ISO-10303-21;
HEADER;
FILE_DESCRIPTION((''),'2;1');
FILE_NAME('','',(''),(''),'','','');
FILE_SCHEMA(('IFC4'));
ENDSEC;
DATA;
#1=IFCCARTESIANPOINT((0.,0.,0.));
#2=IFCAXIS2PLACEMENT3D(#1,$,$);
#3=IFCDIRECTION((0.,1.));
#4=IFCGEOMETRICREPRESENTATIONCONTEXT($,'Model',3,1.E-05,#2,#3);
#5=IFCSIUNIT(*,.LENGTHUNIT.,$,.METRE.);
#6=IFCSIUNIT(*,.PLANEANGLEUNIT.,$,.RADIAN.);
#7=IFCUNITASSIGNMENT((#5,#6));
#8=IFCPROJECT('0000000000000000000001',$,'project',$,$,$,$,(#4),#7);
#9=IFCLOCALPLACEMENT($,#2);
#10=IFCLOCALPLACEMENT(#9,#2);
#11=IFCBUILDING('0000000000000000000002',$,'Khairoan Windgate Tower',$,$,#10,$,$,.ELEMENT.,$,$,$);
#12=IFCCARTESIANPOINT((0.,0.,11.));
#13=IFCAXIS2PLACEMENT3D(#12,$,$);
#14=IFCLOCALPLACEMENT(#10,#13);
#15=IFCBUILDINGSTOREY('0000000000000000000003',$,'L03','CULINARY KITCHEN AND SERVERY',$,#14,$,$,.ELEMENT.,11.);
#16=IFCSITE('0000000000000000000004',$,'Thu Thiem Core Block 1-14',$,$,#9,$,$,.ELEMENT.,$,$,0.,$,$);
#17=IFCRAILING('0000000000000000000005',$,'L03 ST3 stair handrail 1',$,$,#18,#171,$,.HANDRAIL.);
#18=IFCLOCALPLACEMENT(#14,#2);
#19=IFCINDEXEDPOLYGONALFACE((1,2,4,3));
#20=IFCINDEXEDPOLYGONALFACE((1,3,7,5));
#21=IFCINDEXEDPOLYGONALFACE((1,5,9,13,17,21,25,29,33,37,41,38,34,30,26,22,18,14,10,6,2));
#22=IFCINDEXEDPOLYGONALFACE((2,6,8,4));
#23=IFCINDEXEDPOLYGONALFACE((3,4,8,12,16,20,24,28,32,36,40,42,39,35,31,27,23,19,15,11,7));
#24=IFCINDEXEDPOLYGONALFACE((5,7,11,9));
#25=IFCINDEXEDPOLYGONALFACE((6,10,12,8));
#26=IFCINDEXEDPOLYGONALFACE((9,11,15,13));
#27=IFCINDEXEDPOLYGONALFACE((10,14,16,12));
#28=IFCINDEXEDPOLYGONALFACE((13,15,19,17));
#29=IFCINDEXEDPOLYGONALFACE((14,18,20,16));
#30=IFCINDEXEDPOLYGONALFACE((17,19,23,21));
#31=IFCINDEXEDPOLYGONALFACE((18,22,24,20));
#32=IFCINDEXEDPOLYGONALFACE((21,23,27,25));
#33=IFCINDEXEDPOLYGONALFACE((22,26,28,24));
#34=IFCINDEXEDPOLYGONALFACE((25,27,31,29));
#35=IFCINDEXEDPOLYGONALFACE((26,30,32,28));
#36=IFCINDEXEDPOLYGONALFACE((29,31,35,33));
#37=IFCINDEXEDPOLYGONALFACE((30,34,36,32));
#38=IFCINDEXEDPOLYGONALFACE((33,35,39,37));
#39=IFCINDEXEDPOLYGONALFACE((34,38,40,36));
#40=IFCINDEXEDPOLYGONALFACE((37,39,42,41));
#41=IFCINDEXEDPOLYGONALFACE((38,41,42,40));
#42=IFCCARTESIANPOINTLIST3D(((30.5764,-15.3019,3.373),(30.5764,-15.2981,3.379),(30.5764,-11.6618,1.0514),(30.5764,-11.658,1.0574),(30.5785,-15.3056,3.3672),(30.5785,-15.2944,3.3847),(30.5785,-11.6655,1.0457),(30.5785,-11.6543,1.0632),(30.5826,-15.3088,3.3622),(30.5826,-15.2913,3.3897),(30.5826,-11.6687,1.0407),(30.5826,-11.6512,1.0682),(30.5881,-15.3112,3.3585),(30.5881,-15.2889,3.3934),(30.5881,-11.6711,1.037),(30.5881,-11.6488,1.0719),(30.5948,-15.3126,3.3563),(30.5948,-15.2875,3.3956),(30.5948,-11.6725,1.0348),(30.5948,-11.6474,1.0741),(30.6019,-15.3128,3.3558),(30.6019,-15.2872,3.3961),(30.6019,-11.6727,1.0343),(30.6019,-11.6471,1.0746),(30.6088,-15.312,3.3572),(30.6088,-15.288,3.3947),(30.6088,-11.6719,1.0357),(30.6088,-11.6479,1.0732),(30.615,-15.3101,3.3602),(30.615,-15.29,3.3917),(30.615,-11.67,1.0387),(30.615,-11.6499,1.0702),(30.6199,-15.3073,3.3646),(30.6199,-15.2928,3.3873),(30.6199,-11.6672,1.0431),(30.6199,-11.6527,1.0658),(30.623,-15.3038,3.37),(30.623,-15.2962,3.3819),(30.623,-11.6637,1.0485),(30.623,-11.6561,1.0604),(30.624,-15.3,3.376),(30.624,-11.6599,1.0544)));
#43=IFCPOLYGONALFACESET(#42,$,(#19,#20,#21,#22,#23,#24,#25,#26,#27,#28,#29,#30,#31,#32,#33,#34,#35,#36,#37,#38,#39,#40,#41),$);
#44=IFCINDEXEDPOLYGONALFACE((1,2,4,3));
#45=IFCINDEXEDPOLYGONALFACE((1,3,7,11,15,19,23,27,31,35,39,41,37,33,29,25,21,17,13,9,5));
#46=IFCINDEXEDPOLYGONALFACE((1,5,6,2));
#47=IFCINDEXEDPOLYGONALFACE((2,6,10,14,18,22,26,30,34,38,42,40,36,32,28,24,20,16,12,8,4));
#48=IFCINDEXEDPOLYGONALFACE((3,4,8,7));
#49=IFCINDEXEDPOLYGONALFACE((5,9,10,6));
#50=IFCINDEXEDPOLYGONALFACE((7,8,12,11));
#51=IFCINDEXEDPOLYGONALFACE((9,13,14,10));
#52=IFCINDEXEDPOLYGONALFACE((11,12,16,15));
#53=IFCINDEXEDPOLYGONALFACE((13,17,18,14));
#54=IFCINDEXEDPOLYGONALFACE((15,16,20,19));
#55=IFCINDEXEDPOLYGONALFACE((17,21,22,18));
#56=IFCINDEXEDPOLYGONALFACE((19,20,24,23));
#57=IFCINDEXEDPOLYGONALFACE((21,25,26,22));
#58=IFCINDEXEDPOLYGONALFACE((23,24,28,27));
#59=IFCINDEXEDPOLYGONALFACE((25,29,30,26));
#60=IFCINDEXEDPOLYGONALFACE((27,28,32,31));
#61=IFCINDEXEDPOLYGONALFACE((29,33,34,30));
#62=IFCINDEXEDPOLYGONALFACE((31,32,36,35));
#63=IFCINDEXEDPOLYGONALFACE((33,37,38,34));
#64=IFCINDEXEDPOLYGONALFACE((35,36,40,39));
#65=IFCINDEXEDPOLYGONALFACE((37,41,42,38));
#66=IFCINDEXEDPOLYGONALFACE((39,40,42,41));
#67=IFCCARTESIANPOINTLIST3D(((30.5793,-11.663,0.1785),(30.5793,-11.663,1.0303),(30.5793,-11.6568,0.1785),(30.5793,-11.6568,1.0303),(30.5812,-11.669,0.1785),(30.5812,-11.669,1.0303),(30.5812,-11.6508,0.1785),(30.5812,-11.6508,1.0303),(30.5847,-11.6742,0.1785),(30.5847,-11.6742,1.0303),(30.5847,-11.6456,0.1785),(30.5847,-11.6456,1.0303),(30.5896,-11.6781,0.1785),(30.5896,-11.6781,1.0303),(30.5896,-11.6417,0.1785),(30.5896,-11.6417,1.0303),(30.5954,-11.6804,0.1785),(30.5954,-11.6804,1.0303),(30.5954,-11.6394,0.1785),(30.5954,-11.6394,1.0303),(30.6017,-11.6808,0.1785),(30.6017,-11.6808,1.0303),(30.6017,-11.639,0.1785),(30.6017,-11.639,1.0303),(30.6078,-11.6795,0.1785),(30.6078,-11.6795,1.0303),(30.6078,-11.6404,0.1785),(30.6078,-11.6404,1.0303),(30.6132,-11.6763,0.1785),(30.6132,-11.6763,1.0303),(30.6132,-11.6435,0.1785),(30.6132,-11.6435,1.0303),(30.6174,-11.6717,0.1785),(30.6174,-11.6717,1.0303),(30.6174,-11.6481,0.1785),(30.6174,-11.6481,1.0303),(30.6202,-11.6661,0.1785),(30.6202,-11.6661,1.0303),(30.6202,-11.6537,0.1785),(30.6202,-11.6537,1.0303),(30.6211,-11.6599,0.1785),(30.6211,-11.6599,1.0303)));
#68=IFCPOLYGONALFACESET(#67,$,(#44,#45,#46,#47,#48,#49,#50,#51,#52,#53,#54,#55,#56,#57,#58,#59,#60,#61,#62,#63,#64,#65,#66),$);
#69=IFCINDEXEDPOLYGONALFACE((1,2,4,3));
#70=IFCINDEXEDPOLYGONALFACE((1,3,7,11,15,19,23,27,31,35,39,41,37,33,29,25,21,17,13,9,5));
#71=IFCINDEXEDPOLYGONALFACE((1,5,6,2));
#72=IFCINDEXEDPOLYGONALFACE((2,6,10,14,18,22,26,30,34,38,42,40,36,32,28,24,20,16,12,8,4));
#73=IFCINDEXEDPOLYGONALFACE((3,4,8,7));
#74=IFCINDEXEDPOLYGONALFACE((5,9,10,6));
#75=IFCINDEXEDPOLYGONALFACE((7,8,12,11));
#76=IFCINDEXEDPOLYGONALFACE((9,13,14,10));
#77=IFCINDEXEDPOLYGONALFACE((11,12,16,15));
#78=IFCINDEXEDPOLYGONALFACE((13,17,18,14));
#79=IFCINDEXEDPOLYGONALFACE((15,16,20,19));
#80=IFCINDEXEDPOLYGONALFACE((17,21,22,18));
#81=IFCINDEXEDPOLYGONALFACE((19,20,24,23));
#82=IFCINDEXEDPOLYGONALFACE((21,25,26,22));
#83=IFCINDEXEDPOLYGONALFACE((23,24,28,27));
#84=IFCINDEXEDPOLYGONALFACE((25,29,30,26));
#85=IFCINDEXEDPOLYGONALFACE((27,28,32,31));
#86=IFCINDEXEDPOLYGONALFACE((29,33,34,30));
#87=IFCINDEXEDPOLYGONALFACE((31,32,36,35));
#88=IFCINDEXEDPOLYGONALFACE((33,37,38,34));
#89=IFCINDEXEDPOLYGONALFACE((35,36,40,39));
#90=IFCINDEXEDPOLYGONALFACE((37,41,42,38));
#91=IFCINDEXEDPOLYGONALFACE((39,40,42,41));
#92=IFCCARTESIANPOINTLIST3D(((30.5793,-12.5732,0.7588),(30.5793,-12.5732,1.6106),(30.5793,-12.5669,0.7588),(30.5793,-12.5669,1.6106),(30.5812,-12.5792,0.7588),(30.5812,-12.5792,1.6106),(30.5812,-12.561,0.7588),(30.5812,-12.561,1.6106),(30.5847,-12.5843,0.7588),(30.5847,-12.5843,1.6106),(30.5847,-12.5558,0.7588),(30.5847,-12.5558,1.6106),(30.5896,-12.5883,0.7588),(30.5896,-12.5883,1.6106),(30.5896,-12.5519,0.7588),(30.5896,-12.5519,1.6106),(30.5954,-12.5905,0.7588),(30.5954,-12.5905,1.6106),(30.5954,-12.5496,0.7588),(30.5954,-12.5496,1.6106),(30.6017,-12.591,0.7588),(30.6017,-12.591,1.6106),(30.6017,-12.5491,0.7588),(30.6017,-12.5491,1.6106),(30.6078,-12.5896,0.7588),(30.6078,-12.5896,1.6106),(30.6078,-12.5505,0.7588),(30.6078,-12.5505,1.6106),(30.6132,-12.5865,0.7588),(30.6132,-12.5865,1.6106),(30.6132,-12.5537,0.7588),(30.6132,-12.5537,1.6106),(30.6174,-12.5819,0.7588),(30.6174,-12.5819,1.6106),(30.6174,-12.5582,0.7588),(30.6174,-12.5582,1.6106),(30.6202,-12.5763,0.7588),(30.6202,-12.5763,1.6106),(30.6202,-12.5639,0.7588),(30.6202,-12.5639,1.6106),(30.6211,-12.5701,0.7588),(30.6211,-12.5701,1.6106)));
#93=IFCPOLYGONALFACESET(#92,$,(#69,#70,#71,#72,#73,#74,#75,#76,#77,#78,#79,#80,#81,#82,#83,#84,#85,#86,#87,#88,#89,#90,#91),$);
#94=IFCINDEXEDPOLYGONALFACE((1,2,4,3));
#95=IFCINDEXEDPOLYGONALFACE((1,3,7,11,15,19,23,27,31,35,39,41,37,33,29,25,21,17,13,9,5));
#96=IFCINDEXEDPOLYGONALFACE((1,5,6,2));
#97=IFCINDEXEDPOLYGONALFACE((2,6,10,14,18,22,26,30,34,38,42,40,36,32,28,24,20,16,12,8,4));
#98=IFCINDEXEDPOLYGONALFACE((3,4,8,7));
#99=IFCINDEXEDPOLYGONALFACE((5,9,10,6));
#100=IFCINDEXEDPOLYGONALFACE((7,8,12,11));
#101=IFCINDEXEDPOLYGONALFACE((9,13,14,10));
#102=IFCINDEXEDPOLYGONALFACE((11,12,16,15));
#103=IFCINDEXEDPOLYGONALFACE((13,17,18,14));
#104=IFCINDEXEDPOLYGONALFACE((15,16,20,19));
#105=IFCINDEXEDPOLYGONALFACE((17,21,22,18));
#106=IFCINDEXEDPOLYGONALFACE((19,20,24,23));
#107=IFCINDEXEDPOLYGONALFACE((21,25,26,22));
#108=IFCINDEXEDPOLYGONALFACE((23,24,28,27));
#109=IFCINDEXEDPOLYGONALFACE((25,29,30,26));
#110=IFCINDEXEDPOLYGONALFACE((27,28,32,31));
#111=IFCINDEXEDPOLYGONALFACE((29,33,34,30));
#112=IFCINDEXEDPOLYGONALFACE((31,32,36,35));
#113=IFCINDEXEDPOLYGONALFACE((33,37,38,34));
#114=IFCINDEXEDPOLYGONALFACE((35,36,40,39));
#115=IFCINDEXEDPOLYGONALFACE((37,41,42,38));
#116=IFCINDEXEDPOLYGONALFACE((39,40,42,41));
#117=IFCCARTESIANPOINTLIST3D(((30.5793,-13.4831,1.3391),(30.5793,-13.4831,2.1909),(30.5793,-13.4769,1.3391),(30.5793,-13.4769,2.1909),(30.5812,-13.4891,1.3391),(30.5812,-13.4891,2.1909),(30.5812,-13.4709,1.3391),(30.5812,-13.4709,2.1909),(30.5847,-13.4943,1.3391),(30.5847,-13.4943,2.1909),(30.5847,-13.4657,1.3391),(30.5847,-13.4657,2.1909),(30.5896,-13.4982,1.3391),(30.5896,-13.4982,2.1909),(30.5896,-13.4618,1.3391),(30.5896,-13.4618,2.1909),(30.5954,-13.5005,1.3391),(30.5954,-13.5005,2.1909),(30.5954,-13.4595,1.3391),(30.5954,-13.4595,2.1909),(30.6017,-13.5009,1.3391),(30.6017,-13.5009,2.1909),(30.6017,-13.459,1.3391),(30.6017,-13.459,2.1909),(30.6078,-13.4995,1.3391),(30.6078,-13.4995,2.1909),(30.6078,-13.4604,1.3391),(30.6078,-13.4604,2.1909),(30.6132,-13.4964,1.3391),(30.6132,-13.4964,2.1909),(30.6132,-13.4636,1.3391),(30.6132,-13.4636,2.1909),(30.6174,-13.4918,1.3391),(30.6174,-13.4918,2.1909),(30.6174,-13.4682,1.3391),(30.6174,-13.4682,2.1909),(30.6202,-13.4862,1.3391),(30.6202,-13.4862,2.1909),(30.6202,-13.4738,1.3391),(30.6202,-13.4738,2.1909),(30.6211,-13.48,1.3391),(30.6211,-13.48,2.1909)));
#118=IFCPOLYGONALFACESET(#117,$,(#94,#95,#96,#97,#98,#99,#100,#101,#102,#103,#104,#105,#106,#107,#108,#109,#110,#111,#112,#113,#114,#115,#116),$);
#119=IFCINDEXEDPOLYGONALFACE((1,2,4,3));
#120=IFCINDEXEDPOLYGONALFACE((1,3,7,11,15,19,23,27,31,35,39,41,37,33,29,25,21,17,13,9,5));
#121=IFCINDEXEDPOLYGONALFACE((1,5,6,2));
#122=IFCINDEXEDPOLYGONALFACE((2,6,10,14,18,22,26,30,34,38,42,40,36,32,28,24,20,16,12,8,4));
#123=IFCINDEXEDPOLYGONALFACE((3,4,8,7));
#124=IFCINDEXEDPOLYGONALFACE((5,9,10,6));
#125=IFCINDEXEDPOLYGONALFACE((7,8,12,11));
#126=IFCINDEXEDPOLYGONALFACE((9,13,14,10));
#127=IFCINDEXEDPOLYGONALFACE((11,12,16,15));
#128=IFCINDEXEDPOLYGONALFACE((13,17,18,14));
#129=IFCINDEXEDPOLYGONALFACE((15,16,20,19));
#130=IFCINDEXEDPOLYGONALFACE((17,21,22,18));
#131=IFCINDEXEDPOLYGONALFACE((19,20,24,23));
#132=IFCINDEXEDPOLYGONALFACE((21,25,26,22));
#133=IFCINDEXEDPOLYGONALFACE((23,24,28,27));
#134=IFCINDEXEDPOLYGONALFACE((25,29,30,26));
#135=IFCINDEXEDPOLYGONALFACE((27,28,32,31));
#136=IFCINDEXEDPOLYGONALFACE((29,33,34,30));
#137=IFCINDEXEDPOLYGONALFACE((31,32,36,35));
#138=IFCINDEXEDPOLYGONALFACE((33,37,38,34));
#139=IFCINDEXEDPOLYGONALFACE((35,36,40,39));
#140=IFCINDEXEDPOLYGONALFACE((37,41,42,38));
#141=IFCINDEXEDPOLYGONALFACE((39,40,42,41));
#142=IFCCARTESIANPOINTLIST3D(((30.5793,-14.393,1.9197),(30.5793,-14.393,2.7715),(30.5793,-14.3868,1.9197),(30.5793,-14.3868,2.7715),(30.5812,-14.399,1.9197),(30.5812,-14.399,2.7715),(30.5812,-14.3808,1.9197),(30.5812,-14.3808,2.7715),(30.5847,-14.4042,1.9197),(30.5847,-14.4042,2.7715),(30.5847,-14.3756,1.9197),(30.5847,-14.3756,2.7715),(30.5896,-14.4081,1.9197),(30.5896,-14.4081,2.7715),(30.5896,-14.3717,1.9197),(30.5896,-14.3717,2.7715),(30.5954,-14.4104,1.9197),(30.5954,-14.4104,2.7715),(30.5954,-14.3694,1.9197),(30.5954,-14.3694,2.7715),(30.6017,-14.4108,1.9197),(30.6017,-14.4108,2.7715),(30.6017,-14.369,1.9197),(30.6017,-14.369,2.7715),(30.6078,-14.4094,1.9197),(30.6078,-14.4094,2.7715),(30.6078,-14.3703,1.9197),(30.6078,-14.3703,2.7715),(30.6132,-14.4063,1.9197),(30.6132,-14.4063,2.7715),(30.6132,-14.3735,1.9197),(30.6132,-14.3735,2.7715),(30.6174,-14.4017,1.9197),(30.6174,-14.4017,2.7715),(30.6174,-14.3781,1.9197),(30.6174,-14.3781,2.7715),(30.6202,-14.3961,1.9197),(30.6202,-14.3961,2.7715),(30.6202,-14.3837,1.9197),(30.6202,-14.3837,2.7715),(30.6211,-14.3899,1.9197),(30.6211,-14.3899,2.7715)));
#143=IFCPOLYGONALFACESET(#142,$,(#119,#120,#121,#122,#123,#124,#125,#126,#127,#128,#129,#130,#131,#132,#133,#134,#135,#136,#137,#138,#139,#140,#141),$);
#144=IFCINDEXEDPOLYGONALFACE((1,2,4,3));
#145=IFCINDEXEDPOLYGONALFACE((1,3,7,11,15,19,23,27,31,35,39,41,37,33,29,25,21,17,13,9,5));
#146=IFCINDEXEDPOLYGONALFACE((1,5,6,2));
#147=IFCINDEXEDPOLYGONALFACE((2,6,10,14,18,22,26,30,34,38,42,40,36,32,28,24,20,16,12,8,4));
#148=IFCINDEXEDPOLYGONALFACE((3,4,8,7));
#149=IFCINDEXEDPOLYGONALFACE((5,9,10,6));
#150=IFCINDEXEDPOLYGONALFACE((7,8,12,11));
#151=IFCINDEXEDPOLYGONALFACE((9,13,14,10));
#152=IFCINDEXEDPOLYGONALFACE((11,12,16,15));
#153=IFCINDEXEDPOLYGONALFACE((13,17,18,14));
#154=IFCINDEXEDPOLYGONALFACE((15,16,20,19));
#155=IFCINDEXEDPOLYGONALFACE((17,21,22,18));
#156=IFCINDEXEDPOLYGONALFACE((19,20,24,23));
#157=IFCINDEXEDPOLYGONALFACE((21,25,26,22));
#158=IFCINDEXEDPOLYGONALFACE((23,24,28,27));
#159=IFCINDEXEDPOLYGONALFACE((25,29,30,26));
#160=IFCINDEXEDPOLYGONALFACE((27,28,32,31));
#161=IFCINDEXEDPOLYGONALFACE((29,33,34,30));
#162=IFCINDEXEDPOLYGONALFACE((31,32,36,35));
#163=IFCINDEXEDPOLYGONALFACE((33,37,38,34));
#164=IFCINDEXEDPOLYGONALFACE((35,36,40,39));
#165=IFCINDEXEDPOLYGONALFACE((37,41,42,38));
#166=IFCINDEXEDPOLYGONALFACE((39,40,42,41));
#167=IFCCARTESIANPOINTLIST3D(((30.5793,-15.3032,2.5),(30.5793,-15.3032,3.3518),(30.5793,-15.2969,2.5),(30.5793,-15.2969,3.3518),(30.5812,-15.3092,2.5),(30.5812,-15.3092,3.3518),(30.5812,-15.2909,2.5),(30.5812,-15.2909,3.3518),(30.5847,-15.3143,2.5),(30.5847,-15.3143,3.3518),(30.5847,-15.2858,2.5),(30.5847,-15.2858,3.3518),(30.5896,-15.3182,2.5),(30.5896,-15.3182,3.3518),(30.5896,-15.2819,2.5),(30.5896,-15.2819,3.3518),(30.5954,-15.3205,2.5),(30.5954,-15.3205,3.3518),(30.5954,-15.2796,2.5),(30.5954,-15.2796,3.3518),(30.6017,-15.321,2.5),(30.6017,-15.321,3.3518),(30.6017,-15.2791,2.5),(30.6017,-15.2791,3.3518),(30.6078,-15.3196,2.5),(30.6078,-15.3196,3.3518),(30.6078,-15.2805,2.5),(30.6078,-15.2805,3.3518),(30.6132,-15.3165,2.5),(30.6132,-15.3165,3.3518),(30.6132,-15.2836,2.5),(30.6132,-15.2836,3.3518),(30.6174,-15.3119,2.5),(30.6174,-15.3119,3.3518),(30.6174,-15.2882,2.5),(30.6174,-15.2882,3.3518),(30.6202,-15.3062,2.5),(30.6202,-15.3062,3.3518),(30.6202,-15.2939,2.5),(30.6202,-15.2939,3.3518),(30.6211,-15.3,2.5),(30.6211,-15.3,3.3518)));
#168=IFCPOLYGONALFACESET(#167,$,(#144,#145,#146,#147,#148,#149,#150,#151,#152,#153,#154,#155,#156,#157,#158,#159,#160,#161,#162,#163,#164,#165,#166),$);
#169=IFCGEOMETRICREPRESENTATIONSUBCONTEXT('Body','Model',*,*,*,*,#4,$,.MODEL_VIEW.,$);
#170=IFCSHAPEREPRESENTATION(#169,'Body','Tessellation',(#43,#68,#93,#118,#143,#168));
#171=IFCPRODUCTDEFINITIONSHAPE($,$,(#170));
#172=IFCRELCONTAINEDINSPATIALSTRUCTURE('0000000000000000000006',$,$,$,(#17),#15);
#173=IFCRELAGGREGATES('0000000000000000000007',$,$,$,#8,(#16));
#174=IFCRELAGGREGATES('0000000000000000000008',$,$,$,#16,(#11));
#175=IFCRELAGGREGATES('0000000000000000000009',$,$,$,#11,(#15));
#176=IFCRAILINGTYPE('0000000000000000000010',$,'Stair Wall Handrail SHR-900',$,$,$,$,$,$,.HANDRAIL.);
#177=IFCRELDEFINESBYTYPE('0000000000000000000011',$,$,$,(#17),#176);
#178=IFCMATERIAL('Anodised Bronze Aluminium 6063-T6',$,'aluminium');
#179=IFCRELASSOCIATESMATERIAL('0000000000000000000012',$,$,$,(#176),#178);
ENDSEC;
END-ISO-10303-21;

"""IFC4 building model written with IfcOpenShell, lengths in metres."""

from ifc_helpers import new_model, si_unit, direction, frame, origin, origin_2d, place, context, subcontext, project, spatial, circle, extrude, material, type_object, element, save


model = new_model("IFC4")

# Units and contexts
model_context = context("Model", 3, precision=1e-05, world=origin(), true_north=direction((0.0, 1.0)))
body_context = subcontext(model_context, "Body", "Model", "MODEL_VIEW")
ifc_project = project(units=[si_unit("LENGTHUNIT", "METRE"), si_unit("PLANEANGLEUNIT", "RADIAN")], contexts=[model_context])

# Site, building, storey
site_placement = place(None, origin())
site = spatial("IfcSite", under=ifc_project, at=site_placement, Name="Thu Thiem Core Block 1-14", CompositionType="ELEMENT", RefElevation=0.0)
building_placement = place(site_placement, origin())
building = spatial("IfcBuilding", under=site, at=building_placement, Name="Khairoan Windgate Tower", CompositionType="ELEMENT")
storey_placement = place(building_placement, frame((0.0, 0.0, 11.0)))
storey = spatial("IfcBuildingStorey", under=building, at=storey_placement, Name="L03", Description="CULINARY KITCHEN AND SERVERY", CompositionType="ELEMENT", Elevation=11.0)

# Railing
ifc_material_1 = material(Name="Anodised Bronze Aluminium 6063-T6", Category="aluminium")
railing_type_1 = type_object("IfcRailingType", Name="Stair Wall Handrail SHR-900", PredefinedType="HANDRAIL", material=ifc_material_1)
railing_1_placement = place(storey_placement, frame((30.6001, -11.6599, 0.1785)))
element("IfcRailing", 1, at=railing_1_placement, inside=storey, type_object=railing_type_1, Name="L03 ST3 stair handrail 1", PredefinedType="HANDRAIL", context=body_context, shape_type="SweptSolid", body=[
    extrude(circle(Radius=0.0239, at=origin_2d()), frame((0.0, 0.0, 0.876), z_axis=(0.0, -0.843128, 0.537713), x_axis=(1.0, 0.0, 0.0)), (0.0, 0.0, 1.0), 4.3174),
    extrude(circle(Radius=0.021, at=origin_2d()), origin(), (0.0, 0.0, 1.0), 0.8518),
    extrude(circle(Radius=0.021, at=origin_2d()), frame((0.0, -0.9102, 0.5803)), (0.0, 0.0, 1.0), 0.8518),
    extrude(circle(Radius=0.021, at=origin_2d()), frame((0.0, -1.8201, 1.1606)), (0.0, 0.0, 1.0), 0.8518),
    extrude(circle(Radius=0.021, at=origin_2d()), frame((0.0, -2.73, 1.7412)), (0.0, 0.0, 1.0), 0.8518),
    extrude(circle(Radius=0.021, at=origin_2d()), frame((0.0, -3.6401, 2.3215)), (0.0, 0.0, 1.0), 0.8518),
])

save(model, "model.ifc")
